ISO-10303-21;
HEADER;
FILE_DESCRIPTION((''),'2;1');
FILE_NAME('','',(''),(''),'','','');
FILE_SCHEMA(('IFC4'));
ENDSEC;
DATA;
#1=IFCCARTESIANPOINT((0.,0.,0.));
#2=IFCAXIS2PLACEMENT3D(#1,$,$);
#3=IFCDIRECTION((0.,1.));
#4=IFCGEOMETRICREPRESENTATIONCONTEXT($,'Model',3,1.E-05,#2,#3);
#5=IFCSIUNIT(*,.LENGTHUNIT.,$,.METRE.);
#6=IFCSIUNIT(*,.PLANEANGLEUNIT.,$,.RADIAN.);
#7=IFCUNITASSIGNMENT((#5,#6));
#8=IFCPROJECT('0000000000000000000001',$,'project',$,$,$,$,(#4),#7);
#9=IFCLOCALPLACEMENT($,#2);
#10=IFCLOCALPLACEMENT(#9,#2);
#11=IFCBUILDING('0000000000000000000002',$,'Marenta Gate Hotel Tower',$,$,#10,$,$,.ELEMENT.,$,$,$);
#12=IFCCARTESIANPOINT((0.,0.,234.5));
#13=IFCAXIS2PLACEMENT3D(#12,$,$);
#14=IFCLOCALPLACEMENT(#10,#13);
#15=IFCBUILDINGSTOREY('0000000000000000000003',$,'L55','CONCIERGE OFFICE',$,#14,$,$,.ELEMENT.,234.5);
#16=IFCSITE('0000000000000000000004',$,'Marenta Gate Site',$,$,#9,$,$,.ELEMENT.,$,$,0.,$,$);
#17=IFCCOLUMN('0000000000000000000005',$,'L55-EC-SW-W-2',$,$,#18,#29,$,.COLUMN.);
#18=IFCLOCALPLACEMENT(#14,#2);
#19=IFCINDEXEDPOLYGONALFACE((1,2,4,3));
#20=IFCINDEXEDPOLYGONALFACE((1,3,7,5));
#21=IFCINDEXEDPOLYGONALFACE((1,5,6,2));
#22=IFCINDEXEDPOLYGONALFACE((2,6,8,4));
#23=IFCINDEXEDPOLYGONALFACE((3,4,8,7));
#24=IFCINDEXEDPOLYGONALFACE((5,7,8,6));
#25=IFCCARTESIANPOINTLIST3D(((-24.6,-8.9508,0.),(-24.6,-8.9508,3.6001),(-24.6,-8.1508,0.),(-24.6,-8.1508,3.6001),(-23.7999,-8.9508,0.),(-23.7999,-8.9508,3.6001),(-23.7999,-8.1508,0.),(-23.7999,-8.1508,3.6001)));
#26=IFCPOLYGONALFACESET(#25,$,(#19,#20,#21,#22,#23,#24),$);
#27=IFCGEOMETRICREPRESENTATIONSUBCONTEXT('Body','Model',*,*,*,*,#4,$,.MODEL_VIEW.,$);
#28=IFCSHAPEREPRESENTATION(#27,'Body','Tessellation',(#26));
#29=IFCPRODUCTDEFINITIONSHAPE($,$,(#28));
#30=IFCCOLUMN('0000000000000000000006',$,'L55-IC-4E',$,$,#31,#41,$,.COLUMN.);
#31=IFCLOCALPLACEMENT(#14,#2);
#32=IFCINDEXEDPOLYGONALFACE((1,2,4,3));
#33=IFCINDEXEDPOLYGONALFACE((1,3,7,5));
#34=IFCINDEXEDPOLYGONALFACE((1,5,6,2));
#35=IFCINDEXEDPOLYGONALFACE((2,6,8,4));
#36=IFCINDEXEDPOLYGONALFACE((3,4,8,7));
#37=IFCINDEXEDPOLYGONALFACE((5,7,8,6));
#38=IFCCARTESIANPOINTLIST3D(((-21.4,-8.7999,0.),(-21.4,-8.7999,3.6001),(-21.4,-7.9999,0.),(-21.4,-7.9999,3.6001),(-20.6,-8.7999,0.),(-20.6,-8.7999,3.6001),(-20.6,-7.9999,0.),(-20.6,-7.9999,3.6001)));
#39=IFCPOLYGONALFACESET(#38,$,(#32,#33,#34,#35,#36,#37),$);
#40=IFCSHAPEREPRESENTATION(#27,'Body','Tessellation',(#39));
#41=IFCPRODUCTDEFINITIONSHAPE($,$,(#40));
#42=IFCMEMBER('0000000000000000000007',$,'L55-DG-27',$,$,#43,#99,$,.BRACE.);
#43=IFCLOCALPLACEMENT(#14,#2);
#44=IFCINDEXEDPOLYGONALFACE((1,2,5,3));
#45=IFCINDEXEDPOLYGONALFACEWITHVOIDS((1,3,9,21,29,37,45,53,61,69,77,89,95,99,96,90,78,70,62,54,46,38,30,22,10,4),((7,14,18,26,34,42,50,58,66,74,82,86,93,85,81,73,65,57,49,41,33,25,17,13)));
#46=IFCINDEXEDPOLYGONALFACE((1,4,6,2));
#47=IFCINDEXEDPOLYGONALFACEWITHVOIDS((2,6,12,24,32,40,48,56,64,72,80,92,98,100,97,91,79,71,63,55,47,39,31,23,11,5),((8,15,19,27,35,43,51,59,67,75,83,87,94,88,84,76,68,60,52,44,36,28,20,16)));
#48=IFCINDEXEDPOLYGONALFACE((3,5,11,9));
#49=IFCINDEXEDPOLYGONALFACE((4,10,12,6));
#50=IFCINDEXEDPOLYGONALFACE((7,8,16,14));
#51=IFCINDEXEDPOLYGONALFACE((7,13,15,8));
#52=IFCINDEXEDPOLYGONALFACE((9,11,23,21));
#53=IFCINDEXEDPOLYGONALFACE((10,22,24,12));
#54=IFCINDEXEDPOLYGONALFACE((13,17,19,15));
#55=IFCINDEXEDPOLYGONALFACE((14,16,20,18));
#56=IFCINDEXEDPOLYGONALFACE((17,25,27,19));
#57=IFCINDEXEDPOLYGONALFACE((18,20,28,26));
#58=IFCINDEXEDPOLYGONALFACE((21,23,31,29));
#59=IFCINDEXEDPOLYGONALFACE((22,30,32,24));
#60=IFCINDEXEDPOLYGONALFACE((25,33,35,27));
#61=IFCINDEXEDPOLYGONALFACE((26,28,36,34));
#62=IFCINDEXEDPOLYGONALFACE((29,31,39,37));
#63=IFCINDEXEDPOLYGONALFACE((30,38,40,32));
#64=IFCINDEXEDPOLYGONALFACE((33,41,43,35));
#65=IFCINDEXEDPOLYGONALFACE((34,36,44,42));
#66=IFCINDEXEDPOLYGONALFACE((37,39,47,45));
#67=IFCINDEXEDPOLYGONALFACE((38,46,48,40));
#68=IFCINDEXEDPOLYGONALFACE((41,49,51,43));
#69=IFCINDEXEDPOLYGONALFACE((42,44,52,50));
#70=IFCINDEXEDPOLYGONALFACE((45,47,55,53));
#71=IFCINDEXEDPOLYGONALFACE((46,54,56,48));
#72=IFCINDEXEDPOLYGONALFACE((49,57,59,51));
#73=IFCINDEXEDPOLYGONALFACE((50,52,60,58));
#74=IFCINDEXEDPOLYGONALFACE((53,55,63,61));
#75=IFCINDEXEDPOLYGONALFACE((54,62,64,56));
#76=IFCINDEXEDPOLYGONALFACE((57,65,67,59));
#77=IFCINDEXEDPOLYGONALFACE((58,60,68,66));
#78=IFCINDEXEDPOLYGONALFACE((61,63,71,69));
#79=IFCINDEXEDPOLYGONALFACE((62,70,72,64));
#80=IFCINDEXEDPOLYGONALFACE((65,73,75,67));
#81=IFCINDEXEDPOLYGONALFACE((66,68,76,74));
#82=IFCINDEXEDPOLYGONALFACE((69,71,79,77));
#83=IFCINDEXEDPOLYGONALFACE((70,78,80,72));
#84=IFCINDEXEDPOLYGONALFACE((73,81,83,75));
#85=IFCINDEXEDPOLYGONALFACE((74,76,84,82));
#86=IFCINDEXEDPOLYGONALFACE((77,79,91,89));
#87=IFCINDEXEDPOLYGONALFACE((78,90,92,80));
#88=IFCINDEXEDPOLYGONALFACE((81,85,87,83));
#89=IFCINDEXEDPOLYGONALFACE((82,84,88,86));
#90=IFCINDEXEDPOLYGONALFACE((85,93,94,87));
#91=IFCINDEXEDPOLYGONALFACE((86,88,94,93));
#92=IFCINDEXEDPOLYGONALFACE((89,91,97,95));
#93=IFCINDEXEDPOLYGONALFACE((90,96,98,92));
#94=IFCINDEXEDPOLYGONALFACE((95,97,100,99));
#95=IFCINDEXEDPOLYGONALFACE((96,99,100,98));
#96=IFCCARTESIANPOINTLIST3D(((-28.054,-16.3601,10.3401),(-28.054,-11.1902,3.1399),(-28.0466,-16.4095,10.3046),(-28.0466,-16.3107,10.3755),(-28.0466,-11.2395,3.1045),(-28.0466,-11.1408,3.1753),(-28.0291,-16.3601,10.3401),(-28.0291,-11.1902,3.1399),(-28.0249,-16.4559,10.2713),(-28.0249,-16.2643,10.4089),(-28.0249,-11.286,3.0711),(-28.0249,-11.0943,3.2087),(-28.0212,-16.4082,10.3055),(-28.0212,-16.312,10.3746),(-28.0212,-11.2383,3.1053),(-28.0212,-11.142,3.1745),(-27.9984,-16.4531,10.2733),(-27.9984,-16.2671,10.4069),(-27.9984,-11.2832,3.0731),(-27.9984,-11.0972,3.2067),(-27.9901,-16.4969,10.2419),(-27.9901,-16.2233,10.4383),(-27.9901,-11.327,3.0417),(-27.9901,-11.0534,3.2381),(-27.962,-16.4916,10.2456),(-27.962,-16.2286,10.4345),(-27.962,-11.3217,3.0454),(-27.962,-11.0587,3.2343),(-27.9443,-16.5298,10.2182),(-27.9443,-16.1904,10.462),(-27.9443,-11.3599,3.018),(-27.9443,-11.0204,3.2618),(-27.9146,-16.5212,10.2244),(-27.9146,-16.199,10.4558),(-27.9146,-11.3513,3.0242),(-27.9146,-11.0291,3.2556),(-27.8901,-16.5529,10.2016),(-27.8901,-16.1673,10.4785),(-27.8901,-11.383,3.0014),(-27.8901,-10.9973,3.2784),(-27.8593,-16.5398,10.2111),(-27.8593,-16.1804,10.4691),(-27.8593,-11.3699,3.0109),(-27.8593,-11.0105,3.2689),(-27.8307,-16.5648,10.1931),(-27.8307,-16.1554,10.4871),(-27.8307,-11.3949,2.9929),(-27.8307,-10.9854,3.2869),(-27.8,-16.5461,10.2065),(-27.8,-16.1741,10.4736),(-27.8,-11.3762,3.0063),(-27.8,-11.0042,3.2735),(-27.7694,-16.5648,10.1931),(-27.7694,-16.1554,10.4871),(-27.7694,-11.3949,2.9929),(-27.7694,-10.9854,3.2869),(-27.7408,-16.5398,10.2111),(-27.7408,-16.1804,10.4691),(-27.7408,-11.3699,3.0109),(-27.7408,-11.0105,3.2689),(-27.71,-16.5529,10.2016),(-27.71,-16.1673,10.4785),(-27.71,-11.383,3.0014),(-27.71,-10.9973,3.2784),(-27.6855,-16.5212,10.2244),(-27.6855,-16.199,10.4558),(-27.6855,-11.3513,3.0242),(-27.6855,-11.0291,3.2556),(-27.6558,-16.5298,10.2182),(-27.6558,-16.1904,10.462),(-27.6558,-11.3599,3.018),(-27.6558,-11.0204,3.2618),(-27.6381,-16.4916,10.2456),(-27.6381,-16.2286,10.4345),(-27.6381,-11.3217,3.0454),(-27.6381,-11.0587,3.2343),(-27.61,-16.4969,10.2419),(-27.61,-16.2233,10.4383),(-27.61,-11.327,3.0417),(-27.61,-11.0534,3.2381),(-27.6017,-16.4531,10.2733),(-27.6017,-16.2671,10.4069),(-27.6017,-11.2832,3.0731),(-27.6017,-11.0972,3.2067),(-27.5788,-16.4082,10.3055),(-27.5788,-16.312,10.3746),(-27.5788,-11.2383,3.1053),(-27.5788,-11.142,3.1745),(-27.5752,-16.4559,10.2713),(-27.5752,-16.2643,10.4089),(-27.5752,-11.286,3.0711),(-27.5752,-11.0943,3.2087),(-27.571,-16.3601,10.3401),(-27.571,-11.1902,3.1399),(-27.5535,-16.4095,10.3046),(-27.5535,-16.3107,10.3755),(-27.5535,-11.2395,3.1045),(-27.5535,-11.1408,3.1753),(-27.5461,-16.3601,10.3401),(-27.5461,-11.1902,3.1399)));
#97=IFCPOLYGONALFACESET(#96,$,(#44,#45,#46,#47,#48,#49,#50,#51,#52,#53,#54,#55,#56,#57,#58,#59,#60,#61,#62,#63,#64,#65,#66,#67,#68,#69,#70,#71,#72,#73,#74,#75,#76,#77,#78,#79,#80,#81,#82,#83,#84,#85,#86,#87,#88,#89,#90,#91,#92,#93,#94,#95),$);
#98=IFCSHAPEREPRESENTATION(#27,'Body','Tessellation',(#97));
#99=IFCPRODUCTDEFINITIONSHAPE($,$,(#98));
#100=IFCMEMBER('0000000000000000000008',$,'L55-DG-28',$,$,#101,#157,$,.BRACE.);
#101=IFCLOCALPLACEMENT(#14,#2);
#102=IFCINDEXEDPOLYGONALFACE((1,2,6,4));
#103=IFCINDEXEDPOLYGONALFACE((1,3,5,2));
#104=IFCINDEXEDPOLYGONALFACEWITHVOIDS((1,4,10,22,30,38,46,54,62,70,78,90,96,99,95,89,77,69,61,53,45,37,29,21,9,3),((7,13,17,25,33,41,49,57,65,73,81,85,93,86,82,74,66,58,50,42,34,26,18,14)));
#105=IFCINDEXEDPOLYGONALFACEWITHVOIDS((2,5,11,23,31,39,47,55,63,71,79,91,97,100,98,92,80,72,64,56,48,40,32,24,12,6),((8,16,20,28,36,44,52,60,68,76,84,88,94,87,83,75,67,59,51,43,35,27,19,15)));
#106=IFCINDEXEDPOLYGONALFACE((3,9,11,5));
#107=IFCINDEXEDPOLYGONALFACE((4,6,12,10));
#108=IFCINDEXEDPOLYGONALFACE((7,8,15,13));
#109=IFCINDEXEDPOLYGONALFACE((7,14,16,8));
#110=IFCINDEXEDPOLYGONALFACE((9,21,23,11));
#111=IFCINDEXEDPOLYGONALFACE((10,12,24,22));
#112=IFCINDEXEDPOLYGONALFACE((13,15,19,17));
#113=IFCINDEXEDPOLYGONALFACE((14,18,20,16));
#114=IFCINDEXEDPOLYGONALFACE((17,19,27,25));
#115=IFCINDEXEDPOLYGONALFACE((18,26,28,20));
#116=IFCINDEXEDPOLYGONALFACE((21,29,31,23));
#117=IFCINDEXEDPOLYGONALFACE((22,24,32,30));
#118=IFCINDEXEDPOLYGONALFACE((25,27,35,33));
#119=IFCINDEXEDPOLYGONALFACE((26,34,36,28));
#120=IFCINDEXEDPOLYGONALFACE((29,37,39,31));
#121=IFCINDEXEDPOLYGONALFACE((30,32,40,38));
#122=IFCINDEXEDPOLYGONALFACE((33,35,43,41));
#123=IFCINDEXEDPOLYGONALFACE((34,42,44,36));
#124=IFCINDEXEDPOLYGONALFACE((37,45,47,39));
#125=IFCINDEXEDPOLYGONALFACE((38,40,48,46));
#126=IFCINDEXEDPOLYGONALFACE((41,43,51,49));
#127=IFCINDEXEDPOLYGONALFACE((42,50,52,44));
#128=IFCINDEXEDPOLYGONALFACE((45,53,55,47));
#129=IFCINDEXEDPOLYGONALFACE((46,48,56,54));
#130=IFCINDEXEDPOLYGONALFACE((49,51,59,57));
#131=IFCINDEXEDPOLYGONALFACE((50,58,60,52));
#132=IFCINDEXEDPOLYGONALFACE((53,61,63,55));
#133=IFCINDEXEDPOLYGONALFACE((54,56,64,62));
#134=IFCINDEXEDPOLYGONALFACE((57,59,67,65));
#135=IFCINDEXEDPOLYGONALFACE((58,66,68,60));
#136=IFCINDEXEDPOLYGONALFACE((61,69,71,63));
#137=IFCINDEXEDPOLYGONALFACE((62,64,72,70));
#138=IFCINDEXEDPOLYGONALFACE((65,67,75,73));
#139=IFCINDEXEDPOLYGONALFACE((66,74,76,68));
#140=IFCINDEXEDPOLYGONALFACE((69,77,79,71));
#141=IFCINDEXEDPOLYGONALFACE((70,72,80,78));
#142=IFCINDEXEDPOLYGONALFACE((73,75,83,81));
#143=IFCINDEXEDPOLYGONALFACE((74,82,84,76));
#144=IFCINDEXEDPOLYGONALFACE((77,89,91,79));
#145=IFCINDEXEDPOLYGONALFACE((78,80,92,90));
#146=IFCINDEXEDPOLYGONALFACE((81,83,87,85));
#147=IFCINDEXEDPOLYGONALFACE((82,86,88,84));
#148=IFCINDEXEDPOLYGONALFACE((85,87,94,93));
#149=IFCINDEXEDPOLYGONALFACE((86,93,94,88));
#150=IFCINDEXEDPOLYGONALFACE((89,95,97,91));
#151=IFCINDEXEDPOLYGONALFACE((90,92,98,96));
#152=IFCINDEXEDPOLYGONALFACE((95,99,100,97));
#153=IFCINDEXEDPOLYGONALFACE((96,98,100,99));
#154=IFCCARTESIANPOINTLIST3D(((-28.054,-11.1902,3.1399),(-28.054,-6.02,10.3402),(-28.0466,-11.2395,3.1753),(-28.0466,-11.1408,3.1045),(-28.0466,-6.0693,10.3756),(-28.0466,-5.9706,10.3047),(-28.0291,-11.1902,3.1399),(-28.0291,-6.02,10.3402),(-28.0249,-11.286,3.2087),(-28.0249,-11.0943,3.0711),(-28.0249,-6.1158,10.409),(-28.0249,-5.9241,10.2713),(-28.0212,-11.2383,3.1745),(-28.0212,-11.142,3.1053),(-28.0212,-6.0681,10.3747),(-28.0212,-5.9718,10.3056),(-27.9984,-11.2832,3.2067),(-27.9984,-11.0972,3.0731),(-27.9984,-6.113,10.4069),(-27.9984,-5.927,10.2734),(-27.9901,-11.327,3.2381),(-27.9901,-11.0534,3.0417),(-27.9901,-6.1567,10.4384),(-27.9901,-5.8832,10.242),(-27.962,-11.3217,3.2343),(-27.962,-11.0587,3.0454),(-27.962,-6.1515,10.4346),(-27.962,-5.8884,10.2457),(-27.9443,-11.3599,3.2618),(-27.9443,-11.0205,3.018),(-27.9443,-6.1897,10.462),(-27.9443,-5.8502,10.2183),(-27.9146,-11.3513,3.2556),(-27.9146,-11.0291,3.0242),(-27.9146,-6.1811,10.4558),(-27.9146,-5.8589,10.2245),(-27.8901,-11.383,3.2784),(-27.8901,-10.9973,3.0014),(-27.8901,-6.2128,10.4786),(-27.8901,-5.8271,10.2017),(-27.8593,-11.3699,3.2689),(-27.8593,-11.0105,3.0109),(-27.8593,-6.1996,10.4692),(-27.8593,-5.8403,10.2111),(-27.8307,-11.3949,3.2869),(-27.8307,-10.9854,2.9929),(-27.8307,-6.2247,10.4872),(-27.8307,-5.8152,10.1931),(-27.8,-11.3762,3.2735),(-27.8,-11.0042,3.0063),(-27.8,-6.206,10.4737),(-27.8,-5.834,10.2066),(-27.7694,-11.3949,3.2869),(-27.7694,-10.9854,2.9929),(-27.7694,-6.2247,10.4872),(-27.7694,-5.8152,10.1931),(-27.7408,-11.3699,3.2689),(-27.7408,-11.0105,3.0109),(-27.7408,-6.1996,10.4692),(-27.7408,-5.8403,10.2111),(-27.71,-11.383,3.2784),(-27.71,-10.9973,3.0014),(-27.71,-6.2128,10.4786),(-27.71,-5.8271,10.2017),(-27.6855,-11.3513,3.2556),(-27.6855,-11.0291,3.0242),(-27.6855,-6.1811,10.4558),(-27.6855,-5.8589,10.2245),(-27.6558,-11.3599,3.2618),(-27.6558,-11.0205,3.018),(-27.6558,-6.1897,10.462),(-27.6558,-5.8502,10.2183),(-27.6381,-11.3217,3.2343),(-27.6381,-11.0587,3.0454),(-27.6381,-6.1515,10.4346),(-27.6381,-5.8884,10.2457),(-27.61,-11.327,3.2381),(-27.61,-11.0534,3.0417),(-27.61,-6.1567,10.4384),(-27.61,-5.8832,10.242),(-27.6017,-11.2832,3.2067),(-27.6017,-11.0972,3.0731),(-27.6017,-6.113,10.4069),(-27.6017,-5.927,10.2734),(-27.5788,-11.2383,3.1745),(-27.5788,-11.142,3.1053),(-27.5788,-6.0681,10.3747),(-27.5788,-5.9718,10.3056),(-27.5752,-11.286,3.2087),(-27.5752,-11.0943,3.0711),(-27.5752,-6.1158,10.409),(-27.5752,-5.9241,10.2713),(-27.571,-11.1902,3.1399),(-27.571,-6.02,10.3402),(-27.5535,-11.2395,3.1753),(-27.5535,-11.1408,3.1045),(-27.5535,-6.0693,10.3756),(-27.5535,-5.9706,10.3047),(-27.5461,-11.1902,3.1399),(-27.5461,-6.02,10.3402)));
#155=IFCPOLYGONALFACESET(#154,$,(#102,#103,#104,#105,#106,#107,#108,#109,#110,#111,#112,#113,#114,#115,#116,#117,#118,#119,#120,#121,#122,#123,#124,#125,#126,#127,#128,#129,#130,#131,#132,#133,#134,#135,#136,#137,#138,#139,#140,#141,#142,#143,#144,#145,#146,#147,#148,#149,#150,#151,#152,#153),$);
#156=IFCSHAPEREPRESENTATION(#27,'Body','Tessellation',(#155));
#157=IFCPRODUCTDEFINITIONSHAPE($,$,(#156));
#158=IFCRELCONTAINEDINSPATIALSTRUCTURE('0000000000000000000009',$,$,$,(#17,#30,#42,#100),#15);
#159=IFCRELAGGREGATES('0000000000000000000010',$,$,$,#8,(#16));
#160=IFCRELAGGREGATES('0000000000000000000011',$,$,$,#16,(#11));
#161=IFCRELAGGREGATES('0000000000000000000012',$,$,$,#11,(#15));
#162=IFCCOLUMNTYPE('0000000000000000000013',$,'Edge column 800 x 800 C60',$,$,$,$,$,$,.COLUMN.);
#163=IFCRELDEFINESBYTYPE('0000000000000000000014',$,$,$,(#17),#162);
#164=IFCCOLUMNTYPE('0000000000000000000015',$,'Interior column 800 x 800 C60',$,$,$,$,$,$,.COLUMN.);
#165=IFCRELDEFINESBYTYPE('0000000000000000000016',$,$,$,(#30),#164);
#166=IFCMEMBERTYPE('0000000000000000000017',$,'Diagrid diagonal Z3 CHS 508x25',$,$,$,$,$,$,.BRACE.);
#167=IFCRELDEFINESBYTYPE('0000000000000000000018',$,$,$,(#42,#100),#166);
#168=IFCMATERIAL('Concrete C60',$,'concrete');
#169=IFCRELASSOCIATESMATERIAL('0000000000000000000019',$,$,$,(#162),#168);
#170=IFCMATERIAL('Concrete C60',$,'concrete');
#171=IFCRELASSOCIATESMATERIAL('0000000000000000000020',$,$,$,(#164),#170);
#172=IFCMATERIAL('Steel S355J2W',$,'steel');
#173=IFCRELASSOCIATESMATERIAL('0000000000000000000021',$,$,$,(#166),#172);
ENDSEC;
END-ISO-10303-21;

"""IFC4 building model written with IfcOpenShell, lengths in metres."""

from ifc_helpers import new_model, si_unit, direction, frame, origin, origin_2d, place, context, subcontext, project, spatial, rectangle, hollow_circle, extrude, material, material_profile, profile_set, type_object, element, save


model = new_model("IFC4")

# Units and contexts
model_context = context("Model", 3, precision=1e-05, world=origin(), true_north=direction((0.0, 1.0)))
body_context = subcontext(model_context, "Body", "Model", "MODEL_VIEW")
ifc_project = project(units=[si_unit("LENGTHUNIT", "METRE"), si_unit("PLANEANGLEUNIT", "RADIAN")], contexts=[model_context])

# Site, building, storey
site_placement = place(None, origin())
site = spatial("IfcSite", under=ifc_project, at=site_placement, Name="Marenta Gate Site", CompositionType="ELEMENT", RefElevation=0.0)
building_placement = place(site_placement, origin())
building = spatial("IfcBuilding", under=site, at=building_placement, Name="Marenta Gate Hotel Tower", CompositionType="ELEMENT")
storey_placement = place(building_placement, frame((0.0, 0.0, 234.5)))
storey = spatial("IfcBuildingStorey", under=building, at=storey_placement, Name="L55", Description="CONCIERGE OFFICE", CompositionType="ELEMENT", Elevation=234.5)

# Columns
ifc_material_1 = material(Name="Concrete C60", Category="concrete")
ifc_material_profile_1 = material_profile(ifc_material_1, rectangle(XDim=0.8, YDim=0.8, at=origin_2d()), Name="800 x 800")
ifc_profile_set_1 = profile_set([ifc_material_profile_1], Name="Concrete C60")
column_type_1 = type_object("IfcColumnType", Name="Edge column 800 x 800 C60", PredefinedType="COLUMN", material=ifc_profile_set_1)
column_1_placement = place(storey_placement, frame((-24.2, -8.5508, 0.0), z_axis=(0.0, 0.0, 1.0), x_axis=(1.0, 0.0, 0.0)))
element("IfcColumn", 1, at=column_1_placement, inside=storey, type_object=column_type_1, Name="L55-EC-SW-W-2", PredefinedType="COLUMN", context=body_context, shape_type="SweptSolid", body=[
    extrude(rectangle(XDim=0.8, YDim=0.8, at=origin_2d()), origin(), (0.0, 0.0, 1.0), 3.6001),
])
ifc_material_2 = material(Name="Concrete C60", Category="concrete")
ifc_material_profile_2 = material_profile(ifc_material_2, rectangle(XDim=0.8, YDim=0.8, at=origin_2d()), Name="800 x 800")
ifc_profile_set_2 = profile_set([ifc_material_profile_2], Name="Concrete C60")
column_type_2 = type_object("IfcColumnType", Name="Interior column 800 x 800 C60", PredefinedType="COLUMN", material=ifc_profile_set_2)
column_2_placement = place(storey_placement, frame((-21.0, -8.3999, 0.0), z_axis=(0.0, 0.0, 1.0), x_axis=(1.0, 0.0, 0.0)))
element("IfcColumn", 2, at=column_2_placement, inside=storey, type_object=column_type_2, Name="L55-IC-4E", PredefinedType="COLUMN", context=body_context, shape_type="SweptSolid", body=[
    extrude(rectangle(XDim=0.8, YDim=0.8, at=origin_2d()), origin(), (0.0, 0.0, 1.0), 3.6001),
])

# Members
ifc_material_3 = material(Name="Steel S355J2W", Category="steel")
ifc_material_profile_3 = material_profile(ifc_material_3, hollow_circle(Radius=0.2539, WallThickness=0.0249, at=origin_2d()), Name="CHS 508x25")
ifc_profile_set_3 = profile_set([ifc_material_profile_3], Name="Steel S355J2W")
member_type_1 = type_object("IfcMemberType", Name="Diagrid diagonal Z3 CHS 508x25", PredefinedType="BRACE", material=ifc_profile_set_3)
member_1_placement = place(storey_placement, frame((-27.8, -11.1902, 3.1399), z_axis=(0.0, -0.583248, 0.812294), x_axis=(1.0, 0.0, 0.0)))
element("IfcMember", 3, at=member_1_placement, inside=storey, type_object=member_type_1, Name="L55-DG-27", PredefinedType="BRACE", context=body_context, shape_type="SweptSolid", body=[
    extrude(hollow_circle(Radius=0.2539, WallThickness=0.0249, at=origin_2d()), origin(), (0.0, 0.0, 1.0), 8.864),
])
member_2_placement = place(storey_placement, frame((-27.8, -11.1902, 3.1399), z_axis=(0.0, 0.583266, 0.812281), x_axis=(-1.0, 0.0, 0.0)))
element("IfcMember", 4, at=member_2_placement, inside=storey, type_object=member_type_1, Name="L55-DG-28", PredefinedType="BRACE", context=body_context, shape_type="SweptSolid", body=[
    extrude(hollow_circle(Radius=0.2539, WallThickness=0.0249, at=origin_2d()), origin(), (0.0, 0.0, 1.0), 8.8643),
])

save(model, "model.ifc")
